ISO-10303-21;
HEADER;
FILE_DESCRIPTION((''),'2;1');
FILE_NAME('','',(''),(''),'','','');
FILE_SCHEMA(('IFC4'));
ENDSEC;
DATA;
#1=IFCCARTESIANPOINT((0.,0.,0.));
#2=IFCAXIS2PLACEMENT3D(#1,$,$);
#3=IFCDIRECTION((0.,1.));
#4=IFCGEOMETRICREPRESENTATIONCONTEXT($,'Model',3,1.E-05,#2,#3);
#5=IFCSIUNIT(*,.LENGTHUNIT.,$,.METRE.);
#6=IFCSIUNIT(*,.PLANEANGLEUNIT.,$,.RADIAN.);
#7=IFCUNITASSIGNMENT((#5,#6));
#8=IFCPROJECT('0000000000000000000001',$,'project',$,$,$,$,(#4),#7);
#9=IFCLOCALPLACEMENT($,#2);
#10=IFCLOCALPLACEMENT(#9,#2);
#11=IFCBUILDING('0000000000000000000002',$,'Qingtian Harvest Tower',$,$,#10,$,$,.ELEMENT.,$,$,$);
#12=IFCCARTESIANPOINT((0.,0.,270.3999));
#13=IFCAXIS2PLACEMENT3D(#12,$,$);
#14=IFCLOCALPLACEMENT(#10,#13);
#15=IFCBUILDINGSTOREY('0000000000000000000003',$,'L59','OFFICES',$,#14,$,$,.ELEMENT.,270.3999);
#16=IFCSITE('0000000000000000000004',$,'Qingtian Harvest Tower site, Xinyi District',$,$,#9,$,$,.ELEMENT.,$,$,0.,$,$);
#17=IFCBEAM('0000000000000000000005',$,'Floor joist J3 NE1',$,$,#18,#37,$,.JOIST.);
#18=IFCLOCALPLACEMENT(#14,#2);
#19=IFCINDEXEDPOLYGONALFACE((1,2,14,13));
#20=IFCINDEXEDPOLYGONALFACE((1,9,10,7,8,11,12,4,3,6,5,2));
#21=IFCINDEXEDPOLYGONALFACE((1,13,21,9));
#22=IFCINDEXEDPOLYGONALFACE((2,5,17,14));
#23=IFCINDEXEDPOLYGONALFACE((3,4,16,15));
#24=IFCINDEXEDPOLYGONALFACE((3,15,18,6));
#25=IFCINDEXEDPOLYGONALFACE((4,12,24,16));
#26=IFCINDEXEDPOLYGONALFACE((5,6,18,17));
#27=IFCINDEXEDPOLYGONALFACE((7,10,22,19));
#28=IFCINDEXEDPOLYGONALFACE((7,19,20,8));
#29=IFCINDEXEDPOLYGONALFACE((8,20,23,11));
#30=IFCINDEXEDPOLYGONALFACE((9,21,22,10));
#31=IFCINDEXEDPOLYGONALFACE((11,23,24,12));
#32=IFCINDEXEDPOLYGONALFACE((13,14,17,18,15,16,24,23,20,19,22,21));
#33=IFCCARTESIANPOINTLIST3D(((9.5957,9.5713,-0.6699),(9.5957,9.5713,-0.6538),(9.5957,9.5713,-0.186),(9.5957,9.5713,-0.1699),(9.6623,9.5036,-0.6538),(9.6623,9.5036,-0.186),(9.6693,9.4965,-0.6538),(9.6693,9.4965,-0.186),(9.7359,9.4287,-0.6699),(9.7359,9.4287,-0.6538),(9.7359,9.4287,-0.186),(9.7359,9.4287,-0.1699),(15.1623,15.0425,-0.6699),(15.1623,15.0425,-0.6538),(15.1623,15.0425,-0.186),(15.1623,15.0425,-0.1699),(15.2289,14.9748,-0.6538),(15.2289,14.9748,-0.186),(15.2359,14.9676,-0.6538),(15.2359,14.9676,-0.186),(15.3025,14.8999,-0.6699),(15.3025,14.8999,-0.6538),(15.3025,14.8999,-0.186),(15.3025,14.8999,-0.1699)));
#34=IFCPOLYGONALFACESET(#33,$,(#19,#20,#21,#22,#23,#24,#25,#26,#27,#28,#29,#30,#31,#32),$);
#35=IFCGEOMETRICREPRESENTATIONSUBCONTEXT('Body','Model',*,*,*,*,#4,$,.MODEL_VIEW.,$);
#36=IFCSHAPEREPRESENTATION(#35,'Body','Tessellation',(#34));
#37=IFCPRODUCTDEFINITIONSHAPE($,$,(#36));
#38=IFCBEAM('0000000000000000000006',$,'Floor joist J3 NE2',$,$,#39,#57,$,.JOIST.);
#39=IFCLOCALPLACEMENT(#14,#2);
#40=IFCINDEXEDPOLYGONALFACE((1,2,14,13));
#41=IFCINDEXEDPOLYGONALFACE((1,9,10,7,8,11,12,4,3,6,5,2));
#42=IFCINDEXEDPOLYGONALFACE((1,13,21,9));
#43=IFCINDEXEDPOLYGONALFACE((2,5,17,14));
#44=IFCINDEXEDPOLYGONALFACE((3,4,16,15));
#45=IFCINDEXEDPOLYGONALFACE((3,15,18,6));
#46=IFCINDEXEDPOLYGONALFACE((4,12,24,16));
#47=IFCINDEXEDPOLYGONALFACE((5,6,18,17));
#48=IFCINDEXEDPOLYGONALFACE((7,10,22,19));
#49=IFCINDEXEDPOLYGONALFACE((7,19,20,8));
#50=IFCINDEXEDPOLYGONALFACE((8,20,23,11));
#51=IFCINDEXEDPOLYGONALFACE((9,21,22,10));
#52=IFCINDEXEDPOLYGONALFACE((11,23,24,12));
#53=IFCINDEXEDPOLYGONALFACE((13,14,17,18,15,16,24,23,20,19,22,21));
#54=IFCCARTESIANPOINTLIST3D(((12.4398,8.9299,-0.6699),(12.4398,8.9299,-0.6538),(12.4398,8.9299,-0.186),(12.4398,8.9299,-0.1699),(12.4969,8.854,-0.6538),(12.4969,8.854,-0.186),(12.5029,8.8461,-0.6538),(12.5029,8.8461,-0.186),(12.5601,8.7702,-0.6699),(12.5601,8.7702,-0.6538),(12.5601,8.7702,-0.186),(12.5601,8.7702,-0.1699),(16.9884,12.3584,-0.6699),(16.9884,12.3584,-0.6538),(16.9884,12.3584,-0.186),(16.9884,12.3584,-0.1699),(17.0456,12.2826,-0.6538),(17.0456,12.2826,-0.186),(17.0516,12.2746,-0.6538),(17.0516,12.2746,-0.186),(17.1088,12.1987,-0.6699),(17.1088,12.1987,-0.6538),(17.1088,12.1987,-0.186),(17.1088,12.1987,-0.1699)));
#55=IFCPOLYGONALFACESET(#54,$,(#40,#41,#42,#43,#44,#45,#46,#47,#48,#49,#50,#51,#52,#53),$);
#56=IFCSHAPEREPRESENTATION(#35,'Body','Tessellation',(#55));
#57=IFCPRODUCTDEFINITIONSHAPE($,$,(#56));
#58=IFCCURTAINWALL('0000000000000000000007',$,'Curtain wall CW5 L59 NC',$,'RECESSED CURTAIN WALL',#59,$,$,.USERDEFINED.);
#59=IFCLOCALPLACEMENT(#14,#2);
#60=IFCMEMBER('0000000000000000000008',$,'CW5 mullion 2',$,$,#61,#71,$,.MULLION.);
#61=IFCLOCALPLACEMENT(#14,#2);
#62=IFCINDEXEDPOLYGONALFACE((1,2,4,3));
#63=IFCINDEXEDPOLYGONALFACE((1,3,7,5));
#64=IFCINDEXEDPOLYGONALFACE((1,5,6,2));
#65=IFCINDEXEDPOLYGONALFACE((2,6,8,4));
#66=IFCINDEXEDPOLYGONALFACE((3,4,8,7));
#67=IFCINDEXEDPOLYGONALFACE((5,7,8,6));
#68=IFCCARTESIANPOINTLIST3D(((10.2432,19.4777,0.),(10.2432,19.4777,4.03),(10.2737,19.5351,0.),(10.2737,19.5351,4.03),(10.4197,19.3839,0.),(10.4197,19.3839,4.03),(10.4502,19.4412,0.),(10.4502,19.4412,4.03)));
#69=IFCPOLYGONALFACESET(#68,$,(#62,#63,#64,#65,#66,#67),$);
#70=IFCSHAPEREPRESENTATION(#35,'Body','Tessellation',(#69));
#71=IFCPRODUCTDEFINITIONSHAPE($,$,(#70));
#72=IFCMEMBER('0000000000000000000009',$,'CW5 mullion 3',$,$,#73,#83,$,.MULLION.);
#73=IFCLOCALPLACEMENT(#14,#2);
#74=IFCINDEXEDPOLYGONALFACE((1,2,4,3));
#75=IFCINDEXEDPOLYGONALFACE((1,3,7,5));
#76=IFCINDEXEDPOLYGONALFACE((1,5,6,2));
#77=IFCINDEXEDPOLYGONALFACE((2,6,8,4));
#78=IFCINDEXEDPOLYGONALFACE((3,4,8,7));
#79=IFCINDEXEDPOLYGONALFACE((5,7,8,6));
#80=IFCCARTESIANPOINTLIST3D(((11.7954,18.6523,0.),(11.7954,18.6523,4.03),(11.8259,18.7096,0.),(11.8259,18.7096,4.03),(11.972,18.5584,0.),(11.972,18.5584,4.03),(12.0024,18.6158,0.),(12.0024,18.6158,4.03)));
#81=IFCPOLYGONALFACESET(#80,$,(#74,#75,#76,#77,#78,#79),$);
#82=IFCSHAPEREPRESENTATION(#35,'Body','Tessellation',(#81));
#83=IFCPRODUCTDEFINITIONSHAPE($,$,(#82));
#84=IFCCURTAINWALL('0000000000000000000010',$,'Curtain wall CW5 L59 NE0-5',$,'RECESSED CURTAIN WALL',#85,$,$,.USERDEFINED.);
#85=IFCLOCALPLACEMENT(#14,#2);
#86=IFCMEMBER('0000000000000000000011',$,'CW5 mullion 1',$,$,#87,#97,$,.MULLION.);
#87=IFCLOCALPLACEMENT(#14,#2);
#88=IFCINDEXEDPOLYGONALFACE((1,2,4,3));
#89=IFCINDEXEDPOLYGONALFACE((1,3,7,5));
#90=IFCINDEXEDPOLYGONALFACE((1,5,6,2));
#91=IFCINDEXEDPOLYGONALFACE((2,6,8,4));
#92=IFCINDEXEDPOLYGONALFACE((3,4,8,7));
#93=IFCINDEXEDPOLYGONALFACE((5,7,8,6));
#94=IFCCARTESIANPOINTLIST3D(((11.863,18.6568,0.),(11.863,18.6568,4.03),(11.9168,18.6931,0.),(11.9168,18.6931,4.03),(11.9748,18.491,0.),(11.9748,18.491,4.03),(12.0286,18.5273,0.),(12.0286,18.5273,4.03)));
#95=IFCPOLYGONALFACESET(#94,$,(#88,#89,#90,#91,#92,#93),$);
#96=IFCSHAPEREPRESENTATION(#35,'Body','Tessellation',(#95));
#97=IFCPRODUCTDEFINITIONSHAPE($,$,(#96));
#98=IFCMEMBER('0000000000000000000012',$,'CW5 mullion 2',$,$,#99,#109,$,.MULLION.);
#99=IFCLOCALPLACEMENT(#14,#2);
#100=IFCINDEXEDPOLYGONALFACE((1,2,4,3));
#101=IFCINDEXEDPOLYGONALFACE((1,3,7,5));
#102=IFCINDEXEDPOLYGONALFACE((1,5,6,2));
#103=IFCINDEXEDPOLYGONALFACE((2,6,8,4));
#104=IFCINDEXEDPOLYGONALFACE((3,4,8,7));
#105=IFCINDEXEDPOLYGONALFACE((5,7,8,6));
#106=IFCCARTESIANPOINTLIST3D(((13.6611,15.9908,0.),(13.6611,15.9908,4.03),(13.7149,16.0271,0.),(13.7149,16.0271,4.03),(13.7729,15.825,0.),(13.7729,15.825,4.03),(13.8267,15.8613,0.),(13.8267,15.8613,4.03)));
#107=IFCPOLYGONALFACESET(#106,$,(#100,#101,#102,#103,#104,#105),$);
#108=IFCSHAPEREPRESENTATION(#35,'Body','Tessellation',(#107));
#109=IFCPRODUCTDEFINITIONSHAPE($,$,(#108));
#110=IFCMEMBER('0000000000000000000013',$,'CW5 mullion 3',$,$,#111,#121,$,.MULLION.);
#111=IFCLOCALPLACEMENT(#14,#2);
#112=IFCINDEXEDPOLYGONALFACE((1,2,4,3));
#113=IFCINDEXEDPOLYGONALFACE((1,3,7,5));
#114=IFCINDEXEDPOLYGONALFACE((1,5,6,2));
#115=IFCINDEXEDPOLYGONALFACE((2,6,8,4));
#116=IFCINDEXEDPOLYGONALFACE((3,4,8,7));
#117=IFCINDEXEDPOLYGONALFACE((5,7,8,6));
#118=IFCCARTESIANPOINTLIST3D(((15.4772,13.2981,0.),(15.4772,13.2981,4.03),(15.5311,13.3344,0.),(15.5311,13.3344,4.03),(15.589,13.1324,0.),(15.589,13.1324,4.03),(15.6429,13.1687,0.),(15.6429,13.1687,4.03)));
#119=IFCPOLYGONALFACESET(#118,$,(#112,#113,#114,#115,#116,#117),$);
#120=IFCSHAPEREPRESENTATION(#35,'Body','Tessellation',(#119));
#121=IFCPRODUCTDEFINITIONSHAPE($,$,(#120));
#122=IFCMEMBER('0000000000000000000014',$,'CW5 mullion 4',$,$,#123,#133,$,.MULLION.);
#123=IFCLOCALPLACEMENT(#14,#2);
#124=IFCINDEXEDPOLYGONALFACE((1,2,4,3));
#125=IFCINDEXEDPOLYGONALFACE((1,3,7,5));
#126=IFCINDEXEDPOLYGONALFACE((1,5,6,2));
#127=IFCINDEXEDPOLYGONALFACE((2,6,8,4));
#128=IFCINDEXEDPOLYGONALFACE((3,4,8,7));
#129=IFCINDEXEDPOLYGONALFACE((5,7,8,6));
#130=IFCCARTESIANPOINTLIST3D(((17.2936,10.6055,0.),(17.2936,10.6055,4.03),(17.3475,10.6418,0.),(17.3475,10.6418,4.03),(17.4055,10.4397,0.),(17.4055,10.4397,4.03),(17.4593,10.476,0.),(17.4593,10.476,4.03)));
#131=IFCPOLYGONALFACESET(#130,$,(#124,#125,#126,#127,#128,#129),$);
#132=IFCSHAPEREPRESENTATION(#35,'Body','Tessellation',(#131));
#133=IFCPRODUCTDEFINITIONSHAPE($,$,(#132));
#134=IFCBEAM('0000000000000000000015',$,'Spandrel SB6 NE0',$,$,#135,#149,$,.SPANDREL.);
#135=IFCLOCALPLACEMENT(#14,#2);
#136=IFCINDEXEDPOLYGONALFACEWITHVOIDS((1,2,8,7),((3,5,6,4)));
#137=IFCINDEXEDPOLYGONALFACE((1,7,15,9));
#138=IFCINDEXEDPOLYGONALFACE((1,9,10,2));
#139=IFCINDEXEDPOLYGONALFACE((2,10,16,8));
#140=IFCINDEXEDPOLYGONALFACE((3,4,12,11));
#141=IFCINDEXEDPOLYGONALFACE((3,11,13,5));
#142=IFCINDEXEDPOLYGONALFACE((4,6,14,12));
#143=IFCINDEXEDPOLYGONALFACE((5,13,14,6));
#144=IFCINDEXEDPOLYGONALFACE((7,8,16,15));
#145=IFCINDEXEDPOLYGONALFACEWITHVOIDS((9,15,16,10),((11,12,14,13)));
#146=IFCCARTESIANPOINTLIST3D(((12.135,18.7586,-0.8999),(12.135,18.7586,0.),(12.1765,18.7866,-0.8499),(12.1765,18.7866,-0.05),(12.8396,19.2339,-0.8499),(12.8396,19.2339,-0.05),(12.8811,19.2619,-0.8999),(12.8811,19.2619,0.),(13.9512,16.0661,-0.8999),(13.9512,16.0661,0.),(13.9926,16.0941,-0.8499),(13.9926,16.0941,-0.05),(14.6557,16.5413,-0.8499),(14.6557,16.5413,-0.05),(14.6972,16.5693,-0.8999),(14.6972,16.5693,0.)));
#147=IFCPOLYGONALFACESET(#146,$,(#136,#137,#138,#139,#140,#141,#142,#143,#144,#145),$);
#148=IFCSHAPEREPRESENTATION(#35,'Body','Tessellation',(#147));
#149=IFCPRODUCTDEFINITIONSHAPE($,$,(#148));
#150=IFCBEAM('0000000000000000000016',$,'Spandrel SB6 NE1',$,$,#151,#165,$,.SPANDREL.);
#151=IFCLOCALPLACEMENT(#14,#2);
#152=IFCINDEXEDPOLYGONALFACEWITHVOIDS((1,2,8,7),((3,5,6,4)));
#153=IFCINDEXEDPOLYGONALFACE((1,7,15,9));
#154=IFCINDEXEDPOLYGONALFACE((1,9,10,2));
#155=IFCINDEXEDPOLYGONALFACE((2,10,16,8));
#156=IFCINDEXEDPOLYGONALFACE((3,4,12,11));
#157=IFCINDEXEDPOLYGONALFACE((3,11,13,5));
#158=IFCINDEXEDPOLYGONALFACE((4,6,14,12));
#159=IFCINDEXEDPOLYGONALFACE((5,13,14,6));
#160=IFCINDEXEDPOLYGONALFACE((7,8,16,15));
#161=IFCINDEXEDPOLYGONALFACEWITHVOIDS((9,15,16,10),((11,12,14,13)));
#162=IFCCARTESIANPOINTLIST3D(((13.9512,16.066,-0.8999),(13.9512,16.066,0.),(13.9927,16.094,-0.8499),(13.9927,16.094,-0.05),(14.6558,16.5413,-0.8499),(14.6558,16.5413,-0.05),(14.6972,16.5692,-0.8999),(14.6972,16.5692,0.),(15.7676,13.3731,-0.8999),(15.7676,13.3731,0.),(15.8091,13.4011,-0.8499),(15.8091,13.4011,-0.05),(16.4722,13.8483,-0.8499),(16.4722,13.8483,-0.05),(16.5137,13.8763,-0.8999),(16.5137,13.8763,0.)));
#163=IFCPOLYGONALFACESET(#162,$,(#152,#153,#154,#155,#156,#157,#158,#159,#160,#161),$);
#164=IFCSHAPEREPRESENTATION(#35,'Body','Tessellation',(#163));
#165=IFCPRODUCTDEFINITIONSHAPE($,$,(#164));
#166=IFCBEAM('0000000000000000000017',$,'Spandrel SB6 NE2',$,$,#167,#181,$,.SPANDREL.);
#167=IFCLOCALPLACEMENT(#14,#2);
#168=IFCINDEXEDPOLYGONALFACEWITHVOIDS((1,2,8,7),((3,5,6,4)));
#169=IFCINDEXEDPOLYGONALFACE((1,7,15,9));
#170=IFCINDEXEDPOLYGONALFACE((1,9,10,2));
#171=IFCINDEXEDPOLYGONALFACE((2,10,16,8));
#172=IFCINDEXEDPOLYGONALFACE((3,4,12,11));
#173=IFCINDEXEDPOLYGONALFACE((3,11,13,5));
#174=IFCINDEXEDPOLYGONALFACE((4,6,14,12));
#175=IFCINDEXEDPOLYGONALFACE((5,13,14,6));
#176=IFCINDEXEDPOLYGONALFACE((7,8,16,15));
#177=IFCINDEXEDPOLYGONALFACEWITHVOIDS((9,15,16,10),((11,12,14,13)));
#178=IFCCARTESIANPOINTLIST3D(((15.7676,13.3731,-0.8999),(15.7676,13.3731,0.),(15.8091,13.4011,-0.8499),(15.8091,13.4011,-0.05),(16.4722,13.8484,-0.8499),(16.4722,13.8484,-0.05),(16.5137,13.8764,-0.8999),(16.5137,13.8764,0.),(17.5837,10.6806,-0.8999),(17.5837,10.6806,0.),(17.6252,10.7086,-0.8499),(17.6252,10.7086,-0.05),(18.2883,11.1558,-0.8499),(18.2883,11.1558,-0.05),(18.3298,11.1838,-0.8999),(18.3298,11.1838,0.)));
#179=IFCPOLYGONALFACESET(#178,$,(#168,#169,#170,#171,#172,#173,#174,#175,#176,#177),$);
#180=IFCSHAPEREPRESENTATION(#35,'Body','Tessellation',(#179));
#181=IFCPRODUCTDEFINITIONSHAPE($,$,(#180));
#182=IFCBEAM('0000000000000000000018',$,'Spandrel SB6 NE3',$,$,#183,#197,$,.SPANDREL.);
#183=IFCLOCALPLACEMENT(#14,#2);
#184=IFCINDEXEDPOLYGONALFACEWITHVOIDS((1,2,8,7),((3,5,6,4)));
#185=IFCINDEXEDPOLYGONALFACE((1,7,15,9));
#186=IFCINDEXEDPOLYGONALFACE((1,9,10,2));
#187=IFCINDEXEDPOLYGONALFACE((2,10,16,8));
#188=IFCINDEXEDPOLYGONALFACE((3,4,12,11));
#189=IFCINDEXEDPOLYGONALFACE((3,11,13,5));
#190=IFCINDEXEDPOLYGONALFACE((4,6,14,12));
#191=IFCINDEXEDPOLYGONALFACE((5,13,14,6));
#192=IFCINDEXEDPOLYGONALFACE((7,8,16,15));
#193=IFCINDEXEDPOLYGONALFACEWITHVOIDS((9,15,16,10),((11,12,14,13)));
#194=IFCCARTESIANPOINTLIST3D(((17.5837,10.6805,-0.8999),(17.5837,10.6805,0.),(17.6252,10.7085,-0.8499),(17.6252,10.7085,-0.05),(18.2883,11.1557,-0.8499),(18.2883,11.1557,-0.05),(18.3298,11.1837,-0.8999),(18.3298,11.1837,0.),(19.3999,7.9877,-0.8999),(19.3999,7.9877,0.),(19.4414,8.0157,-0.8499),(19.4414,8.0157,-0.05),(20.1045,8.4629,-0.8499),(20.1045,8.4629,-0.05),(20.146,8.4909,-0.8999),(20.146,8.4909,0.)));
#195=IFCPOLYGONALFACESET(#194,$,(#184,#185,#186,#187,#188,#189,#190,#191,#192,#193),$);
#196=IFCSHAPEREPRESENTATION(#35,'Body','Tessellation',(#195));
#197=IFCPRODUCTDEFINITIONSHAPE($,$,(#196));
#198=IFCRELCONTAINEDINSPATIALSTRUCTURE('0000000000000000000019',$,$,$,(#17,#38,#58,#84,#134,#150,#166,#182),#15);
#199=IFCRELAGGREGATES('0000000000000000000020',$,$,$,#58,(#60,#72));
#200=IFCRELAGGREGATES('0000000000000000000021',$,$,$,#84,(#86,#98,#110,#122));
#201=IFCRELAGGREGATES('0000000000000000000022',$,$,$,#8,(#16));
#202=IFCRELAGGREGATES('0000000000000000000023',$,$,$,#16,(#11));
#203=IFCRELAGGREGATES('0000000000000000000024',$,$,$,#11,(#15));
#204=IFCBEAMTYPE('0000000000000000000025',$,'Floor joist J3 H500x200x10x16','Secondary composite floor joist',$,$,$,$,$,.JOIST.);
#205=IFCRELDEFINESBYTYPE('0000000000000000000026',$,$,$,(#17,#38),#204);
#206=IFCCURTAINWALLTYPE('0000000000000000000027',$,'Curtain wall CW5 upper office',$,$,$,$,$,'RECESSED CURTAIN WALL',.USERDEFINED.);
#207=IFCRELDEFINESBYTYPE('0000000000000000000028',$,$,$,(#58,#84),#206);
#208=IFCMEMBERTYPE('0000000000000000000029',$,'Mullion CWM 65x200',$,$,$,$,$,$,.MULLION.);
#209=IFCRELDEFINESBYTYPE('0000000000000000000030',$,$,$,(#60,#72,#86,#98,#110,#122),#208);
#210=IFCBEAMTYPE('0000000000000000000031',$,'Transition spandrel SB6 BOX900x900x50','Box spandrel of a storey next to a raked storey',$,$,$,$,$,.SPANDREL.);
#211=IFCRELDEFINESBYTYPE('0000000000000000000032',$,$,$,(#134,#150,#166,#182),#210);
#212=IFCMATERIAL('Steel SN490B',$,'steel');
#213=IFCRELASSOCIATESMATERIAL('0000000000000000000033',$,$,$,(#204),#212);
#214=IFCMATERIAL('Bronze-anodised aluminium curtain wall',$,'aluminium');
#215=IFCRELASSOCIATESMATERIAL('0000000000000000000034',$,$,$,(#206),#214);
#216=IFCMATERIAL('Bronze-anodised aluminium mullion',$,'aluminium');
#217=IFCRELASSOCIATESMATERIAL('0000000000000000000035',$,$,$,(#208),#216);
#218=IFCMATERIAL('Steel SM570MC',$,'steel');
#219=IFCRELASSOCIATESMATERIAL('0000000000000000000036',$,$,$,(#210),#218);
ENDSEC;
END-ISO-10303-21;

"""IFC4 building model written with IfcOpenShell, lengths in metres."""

from ifc_helpers import new_model, si_unit, direction, frame, origin, origin_2d, place, context, subcontext, project, spatial, rectangle, hollow_rectangle, i_section, extrude, material, material_profile, profile_set, type_object, element, aggregate, save


model = new_model("IFC4")

# Units and contexts
model_context = context("Model", 3, precision=1e-05, world=origin(), true_north=direction((0.0, 1.0)))
body_context = subcontext(model_context, "Body", "Model", "MODEL_VIEW")
ifc_project = project(units=[si_unit("LENGTHUNIT", "METRE"), si_unit("PLANEANGLEUNIT", "RADIAN")], contexts=[model_context])

# Site, building, storey
site_placement = place(None, origin())
site = spatial("IfcSite", under=ifc_project, at=site_placement, Name="Qingtian Harvest Tower site, Xinyi District", CompositionType="ELEMENT", RefElevation=0.0)
building_placement = place(site_placement, origin())
building = spatial("IfcBuilding", under=site, at=building_placement, Name="Qingtian Harvest Tower", CompositionType="ELEMENT")
storey_placement = place(building_placement, frame((0.0, 0.0, 270.3999)))
storey = spatial("IfcBuildingStorey", under=building, at=storey_placement, Name="L59", Description="OFFICES", CompositionType="ELEMENT", Elevation=270.3999)

# Beams
ifc_material_1 = material(Name="Steel SN490B", Category="steel")
ifc_material_profile_1 = material_profile(ifc_material_1, i_section(OverallWidth=0.2, OverallDepth=0.5, WebThickness=0.01, FlangeThickness=0.0161, at=origin_2d()), Name="H500x200x10x16")
ifc_profile_set_1 = profile_set([ifc_material_profile_1], Name="Steel SN490B")
beam_type_1 = type_object("IfcBeamType", Name="Floor joist J3 H500x200x10x16", Description="Secondary composite floor joist", PredefinedType="JOIST", material=ifc_profile_set_1)
beam_1_placement = place(storey_placement, frame((15.2324, 14.9712, -0.4199), z_axis=(-0.713195, -0.700965, 0.0), x_axis=(0.700965, -0.713195, 0.0)))
element("IfcBeam", 1, at=beam_1_placement, inside=storey, type_object=beam_type_1, Name="Floor joist J3 NE1", PredefinedType="JOIST", context=body_context, shape_type="SweptSolid", body=[
    extrude(i_section(OverallWidth=0.2, OverallDepth=0.5, WebThickness=0.01, FlangeThickness=0.0161, at=origin_2d()), origin(), (0.0, 0.0, 1.0), 7.8052),
])
beam_2_placement = place(storey_placement, frame((17.0486, 12.2786, -0.4199), z_axis=(-0.798563, -0.601912, 0.0), x_axis=(0.601912, -0.798563, 0.0)))
element("IfcBeam", 2, at=beam_2_placement, inside=storey, type_object=beam_type_1, Name="Floor joist J3 NE2", PredefinedType="JOIST", context=body_context, shape_type="SweptSolid", body=[
    extrude(i_section(OverallWidth=0.2, OverallDepth=0.5, WebThickness=0.01, FlangeThickness=0.0161, at=origin_2d()), origin(), (0.0, 0.0, 1.0), 5.696),
])

# Curtain walls, members
ifc_material_2 = material(Name="Bronze-anodised aluminium curtain wall", Category="aluminium")
curtain_wall_type = type_object("IfcCurtainWallType", Name="Curtain wall CW5 upper office", ElementType="RECESSED CURTAIN WALL", PredefinedType="USERDEFINED", material=ifc_material_2)
curtain_wall_1_placement = place(storey_placement, origin())
curtain_wall_1 = element("IfcCurtainWall", 3, at=curtain_wall_1_placement, inside=storey, type_object=curtain_wall_type, Name="Curtain wall CW5 L59 NC", ObjectType="RECESSED CURTAIN WALL", PredefinedType="USERDEFINED")
ifc_material_3 = material(Name="Bronze-anodised aluminium mullion", Category="aluminium")
ifc_material_profile_2 = material_profile(ifc_material_3, rectangle(XDim=0.0649, YDim=0.2, at=origin_2d()), Name="AL 65x200")
ifc_profile_set_2 = profile_set([ifc_material_profile_2], Name="Bronze-anodised aluminium mullion")
member_type_1 = type_object("IfcMemberType", Name="Mullion CWM 65x200", PredefinedType="MULLION", material=ifc_profile_set_2)
member_1_placement = place(storey_placement, frame((10.3467, 19.4595, 0.0), z_axis=(0.0, 0.0, 1.0), x_axis=(0.469472, 0.882948, 0.0)))
member_1 = element("IfcMember", 4, at=member_1_placement, type_object=member_type_1, Name="CW5 mullion 2", PredefinedType="MULLION", context=body_context, shape_type="SweptSolid", body=[
    extrude(rectangle(XDim=0.0649, YDim=0.2, at=origin_2d()), origin(), (0.0, 0.0, 1.0), 4.03),
])
member_2_placement = place(storey_placement, frame((11.8989, 18.634, 0.0), z_axis=(0.0, 0.0, 1.0), x_axis=(0.469472, 0.882948, 0.0)))
member_2 = element("IfcMember", 5, at=member_2_placement, type_object=member_type_1, Name="CW5 mullion 3", PredefinedType="MULLION", context=body_context, shape_type="SweptSolid", body=[
    extrude(rectangle(XDim=0.0649, YDim=0.2, at=origin_2d()), origin(), (0.0, 0.0, 1.0), 4.03),
])
curtain_wall_2_placement = place(storey_placement, origin())
curtain_wall_2 = element("IfcCurtainWall", 6, at=curtain_wall_2_placement, inside=storey, type_object=curtain_wall_type, Name="Curtain wall CW5 L59 NE0-5", ObjectType="RECESSED CURTAIN WALL", PredefinedType="USERDEFINED")
member_3_placement = place(storey_placement, frame((11.9458, 18.592, 0.0), z_axis=(0.0, 0.0, 1.0), x_axis=(0.829038, 0.559193, 0.0)))
member_3 = element("IfcMember", 7, at=member_3_placement, type_object=member_type_1, Name="CW5 mullion 1", PredefinedType="MULLION", context=body_context, shape_type="SweptSolid", body=[
    extrude(rectangle(XDim=0.0649, YDim=0.2, at=origin_2d()), origin(), (0.0, 0.0, 1.0), 4.03),
])
member_4_placement = place(storey_placement, frame((13.7439, 15.926, 0.0), z_axis=(0.0, 0.0, 1.0), x_axis=(0.829038, 0.559193, 0.0)))
member_4 = element("IfcMember", 8, at=member_4_placement, type_object=member_type_1, Name="CW5 mullion 2", PredefinedType="MULLION", context=body_context, shape_type="SweptSolid", body=[
    extrude(rectangle(XDim=0.0649, YDim=0.2, at=origin_2d()), origin(), (0.0, 0.0, 1.0), 4.03),
])
member_5_placement = place(storey_placement, frame((15.5601, 13.2334, 0.0), z_axis=(0.0, 0.0, 1.0), x_axis=(0.829038, 0.559193, 0.0)))
member_5 = element("IfcMember", 9, at=member_5_placement, type_object=member_type_1, Name="CW5 mullion 3", PredefinedType="MULLION", context=body_context, shape_type="SweptSolid", body=[
    extrude(rectangle(XDim=0.0649, YDim=0.2, at=origin_2d()), origin(), (0.0, 0.0, 1.0), 4.03),
])
member_6_placement = place(storey_placement, frame((17.3765, 10.5408, 0.0), z_axis=(0.0, 0.0, 1.0), x_axis=(0.829038, 0.559193, 0.0)))
member_6 = element("IfcMember", 10, at=member_6_placement, type_object=member_type_1, Name="CW5 mullion 4", PredefinedType="MULLION", context=body_context, shape_type="SweptSolid", body=[
    extrude(rectangle(XDim=0.0649, YDim=0.2, at=origin_2d()), origin(), (0.0, 0.0, 1.0), 4.03),
])

# Beams
ifc_material_4 = material(Name="Steel SM570MC", Category="steel")
ifc_material_profile_3 = material_profile(ifc_material_4, hollow_rectangle(XDim=0.8999, YDim=0.8999, WallThickness=0.05, at=origin_2d()), Name="BOX900x900x50")
ifc_profile_set_3 = profile_set([ifc_material_profile_3], Name="Steel SM570MC")
beam_type_2 = type_object("IfcBeamType", Name="Transition spandrel SB6 BOX900x900x50", Description="Box spandrel of a storey next to a raked storey", PredefinedType="SPANDREL", material=ifc_profile_set_3)
beam_3_placement = place(storey_placement, frame((12.5081, 19.0103, -0.45), z_axis=(0.559185, -0.829043, 0.0), x_axis=(0.829043, 0.559185, 0.0)))
element("IfcBeam", 11, at=beam_3_placement, inside=storey, type_object=beam_type_2, Name="Spandrel SB6 NE0", PredefinedType="SPANDREL", context=body_context, shape_type="SweptSolid", body=[
    extrude(hollow_rectangle(XDim=0.8999, YDim=0.8999, WallThickness=0.05, at=origin_2d()), origin(), (0.0, 0.0, 1.0), 3.2478),
])
beam_4_placement = place(storey_placement, frame((14.3242, 16.3176, -0.45), z_axis=(0.559202, -0.829032, 0.0), x_axis=(0.829032, 0.559202, 0.0)))
element("IfcBeam", 12, at=beam_4_placement, inside=storey, type_object=beam_type_2, Name="Spandrel SB6 NE1", PredefinedType="SPANDREL", context=body_context, shape_type="SweptSolid", body=[
    extrude(hollow_rectangle(XDim=0.8999, YDim=0.8999, WallThickness=0.05, at=origin_2d()), origin(), (0.0, 0.0, 1.0), 3.2483),
])
beam_5_placement = place(storey_placement, frame((16.1406, 13.6248, -0.45), z_axis=(0.559185, -0.829043, 0.0), x_axis=(0.829043, 0.559185, 0.0)))
element("IfcBeam", 13, at=beam_5_placement, inside=storey, type_object=beam_type_2, Name="Spandrel SB6 NE2", PredefinedType="SPANDREL", context=body_context, shape_type="SweptSolid", body=[
    extrude(hollow_rectangle(XDim=0.8999, YDim=0.8999, WallThickness=0.05, at=origin_2d()), origin(), (0.0, 0.0, 1.0), 3.2478),
])
beam_6_placement = place(storey_placement, frame((17.9568, 10.9321, -0.45), z_axis=(0.55915, -0.829066, 0.0), x_axis=(0.829066, 0.55915, 0.0)))
element("IfcBeam", 14, at=beam_6_placement, inside=storey, type_object=beam_type_2, Name="Spandrel SB6 NE3", PredefinedType="SPANDREL", context=body_context, shape_type="SweptSolid", body=[
    extrude(hollow_rectangle(XDim=0.8999, YDim=0.8999, WallThickness=0.05, at=origin_2d()), origin(), (0.0, 0.0, 1.0), 3.248),
])

aggregate(curtain_wall_1, [member_1, member_2])
aggregate(curtain_wall_2, [member_3, member_4, member_5, member_6])

save(model, "model.ifc")
